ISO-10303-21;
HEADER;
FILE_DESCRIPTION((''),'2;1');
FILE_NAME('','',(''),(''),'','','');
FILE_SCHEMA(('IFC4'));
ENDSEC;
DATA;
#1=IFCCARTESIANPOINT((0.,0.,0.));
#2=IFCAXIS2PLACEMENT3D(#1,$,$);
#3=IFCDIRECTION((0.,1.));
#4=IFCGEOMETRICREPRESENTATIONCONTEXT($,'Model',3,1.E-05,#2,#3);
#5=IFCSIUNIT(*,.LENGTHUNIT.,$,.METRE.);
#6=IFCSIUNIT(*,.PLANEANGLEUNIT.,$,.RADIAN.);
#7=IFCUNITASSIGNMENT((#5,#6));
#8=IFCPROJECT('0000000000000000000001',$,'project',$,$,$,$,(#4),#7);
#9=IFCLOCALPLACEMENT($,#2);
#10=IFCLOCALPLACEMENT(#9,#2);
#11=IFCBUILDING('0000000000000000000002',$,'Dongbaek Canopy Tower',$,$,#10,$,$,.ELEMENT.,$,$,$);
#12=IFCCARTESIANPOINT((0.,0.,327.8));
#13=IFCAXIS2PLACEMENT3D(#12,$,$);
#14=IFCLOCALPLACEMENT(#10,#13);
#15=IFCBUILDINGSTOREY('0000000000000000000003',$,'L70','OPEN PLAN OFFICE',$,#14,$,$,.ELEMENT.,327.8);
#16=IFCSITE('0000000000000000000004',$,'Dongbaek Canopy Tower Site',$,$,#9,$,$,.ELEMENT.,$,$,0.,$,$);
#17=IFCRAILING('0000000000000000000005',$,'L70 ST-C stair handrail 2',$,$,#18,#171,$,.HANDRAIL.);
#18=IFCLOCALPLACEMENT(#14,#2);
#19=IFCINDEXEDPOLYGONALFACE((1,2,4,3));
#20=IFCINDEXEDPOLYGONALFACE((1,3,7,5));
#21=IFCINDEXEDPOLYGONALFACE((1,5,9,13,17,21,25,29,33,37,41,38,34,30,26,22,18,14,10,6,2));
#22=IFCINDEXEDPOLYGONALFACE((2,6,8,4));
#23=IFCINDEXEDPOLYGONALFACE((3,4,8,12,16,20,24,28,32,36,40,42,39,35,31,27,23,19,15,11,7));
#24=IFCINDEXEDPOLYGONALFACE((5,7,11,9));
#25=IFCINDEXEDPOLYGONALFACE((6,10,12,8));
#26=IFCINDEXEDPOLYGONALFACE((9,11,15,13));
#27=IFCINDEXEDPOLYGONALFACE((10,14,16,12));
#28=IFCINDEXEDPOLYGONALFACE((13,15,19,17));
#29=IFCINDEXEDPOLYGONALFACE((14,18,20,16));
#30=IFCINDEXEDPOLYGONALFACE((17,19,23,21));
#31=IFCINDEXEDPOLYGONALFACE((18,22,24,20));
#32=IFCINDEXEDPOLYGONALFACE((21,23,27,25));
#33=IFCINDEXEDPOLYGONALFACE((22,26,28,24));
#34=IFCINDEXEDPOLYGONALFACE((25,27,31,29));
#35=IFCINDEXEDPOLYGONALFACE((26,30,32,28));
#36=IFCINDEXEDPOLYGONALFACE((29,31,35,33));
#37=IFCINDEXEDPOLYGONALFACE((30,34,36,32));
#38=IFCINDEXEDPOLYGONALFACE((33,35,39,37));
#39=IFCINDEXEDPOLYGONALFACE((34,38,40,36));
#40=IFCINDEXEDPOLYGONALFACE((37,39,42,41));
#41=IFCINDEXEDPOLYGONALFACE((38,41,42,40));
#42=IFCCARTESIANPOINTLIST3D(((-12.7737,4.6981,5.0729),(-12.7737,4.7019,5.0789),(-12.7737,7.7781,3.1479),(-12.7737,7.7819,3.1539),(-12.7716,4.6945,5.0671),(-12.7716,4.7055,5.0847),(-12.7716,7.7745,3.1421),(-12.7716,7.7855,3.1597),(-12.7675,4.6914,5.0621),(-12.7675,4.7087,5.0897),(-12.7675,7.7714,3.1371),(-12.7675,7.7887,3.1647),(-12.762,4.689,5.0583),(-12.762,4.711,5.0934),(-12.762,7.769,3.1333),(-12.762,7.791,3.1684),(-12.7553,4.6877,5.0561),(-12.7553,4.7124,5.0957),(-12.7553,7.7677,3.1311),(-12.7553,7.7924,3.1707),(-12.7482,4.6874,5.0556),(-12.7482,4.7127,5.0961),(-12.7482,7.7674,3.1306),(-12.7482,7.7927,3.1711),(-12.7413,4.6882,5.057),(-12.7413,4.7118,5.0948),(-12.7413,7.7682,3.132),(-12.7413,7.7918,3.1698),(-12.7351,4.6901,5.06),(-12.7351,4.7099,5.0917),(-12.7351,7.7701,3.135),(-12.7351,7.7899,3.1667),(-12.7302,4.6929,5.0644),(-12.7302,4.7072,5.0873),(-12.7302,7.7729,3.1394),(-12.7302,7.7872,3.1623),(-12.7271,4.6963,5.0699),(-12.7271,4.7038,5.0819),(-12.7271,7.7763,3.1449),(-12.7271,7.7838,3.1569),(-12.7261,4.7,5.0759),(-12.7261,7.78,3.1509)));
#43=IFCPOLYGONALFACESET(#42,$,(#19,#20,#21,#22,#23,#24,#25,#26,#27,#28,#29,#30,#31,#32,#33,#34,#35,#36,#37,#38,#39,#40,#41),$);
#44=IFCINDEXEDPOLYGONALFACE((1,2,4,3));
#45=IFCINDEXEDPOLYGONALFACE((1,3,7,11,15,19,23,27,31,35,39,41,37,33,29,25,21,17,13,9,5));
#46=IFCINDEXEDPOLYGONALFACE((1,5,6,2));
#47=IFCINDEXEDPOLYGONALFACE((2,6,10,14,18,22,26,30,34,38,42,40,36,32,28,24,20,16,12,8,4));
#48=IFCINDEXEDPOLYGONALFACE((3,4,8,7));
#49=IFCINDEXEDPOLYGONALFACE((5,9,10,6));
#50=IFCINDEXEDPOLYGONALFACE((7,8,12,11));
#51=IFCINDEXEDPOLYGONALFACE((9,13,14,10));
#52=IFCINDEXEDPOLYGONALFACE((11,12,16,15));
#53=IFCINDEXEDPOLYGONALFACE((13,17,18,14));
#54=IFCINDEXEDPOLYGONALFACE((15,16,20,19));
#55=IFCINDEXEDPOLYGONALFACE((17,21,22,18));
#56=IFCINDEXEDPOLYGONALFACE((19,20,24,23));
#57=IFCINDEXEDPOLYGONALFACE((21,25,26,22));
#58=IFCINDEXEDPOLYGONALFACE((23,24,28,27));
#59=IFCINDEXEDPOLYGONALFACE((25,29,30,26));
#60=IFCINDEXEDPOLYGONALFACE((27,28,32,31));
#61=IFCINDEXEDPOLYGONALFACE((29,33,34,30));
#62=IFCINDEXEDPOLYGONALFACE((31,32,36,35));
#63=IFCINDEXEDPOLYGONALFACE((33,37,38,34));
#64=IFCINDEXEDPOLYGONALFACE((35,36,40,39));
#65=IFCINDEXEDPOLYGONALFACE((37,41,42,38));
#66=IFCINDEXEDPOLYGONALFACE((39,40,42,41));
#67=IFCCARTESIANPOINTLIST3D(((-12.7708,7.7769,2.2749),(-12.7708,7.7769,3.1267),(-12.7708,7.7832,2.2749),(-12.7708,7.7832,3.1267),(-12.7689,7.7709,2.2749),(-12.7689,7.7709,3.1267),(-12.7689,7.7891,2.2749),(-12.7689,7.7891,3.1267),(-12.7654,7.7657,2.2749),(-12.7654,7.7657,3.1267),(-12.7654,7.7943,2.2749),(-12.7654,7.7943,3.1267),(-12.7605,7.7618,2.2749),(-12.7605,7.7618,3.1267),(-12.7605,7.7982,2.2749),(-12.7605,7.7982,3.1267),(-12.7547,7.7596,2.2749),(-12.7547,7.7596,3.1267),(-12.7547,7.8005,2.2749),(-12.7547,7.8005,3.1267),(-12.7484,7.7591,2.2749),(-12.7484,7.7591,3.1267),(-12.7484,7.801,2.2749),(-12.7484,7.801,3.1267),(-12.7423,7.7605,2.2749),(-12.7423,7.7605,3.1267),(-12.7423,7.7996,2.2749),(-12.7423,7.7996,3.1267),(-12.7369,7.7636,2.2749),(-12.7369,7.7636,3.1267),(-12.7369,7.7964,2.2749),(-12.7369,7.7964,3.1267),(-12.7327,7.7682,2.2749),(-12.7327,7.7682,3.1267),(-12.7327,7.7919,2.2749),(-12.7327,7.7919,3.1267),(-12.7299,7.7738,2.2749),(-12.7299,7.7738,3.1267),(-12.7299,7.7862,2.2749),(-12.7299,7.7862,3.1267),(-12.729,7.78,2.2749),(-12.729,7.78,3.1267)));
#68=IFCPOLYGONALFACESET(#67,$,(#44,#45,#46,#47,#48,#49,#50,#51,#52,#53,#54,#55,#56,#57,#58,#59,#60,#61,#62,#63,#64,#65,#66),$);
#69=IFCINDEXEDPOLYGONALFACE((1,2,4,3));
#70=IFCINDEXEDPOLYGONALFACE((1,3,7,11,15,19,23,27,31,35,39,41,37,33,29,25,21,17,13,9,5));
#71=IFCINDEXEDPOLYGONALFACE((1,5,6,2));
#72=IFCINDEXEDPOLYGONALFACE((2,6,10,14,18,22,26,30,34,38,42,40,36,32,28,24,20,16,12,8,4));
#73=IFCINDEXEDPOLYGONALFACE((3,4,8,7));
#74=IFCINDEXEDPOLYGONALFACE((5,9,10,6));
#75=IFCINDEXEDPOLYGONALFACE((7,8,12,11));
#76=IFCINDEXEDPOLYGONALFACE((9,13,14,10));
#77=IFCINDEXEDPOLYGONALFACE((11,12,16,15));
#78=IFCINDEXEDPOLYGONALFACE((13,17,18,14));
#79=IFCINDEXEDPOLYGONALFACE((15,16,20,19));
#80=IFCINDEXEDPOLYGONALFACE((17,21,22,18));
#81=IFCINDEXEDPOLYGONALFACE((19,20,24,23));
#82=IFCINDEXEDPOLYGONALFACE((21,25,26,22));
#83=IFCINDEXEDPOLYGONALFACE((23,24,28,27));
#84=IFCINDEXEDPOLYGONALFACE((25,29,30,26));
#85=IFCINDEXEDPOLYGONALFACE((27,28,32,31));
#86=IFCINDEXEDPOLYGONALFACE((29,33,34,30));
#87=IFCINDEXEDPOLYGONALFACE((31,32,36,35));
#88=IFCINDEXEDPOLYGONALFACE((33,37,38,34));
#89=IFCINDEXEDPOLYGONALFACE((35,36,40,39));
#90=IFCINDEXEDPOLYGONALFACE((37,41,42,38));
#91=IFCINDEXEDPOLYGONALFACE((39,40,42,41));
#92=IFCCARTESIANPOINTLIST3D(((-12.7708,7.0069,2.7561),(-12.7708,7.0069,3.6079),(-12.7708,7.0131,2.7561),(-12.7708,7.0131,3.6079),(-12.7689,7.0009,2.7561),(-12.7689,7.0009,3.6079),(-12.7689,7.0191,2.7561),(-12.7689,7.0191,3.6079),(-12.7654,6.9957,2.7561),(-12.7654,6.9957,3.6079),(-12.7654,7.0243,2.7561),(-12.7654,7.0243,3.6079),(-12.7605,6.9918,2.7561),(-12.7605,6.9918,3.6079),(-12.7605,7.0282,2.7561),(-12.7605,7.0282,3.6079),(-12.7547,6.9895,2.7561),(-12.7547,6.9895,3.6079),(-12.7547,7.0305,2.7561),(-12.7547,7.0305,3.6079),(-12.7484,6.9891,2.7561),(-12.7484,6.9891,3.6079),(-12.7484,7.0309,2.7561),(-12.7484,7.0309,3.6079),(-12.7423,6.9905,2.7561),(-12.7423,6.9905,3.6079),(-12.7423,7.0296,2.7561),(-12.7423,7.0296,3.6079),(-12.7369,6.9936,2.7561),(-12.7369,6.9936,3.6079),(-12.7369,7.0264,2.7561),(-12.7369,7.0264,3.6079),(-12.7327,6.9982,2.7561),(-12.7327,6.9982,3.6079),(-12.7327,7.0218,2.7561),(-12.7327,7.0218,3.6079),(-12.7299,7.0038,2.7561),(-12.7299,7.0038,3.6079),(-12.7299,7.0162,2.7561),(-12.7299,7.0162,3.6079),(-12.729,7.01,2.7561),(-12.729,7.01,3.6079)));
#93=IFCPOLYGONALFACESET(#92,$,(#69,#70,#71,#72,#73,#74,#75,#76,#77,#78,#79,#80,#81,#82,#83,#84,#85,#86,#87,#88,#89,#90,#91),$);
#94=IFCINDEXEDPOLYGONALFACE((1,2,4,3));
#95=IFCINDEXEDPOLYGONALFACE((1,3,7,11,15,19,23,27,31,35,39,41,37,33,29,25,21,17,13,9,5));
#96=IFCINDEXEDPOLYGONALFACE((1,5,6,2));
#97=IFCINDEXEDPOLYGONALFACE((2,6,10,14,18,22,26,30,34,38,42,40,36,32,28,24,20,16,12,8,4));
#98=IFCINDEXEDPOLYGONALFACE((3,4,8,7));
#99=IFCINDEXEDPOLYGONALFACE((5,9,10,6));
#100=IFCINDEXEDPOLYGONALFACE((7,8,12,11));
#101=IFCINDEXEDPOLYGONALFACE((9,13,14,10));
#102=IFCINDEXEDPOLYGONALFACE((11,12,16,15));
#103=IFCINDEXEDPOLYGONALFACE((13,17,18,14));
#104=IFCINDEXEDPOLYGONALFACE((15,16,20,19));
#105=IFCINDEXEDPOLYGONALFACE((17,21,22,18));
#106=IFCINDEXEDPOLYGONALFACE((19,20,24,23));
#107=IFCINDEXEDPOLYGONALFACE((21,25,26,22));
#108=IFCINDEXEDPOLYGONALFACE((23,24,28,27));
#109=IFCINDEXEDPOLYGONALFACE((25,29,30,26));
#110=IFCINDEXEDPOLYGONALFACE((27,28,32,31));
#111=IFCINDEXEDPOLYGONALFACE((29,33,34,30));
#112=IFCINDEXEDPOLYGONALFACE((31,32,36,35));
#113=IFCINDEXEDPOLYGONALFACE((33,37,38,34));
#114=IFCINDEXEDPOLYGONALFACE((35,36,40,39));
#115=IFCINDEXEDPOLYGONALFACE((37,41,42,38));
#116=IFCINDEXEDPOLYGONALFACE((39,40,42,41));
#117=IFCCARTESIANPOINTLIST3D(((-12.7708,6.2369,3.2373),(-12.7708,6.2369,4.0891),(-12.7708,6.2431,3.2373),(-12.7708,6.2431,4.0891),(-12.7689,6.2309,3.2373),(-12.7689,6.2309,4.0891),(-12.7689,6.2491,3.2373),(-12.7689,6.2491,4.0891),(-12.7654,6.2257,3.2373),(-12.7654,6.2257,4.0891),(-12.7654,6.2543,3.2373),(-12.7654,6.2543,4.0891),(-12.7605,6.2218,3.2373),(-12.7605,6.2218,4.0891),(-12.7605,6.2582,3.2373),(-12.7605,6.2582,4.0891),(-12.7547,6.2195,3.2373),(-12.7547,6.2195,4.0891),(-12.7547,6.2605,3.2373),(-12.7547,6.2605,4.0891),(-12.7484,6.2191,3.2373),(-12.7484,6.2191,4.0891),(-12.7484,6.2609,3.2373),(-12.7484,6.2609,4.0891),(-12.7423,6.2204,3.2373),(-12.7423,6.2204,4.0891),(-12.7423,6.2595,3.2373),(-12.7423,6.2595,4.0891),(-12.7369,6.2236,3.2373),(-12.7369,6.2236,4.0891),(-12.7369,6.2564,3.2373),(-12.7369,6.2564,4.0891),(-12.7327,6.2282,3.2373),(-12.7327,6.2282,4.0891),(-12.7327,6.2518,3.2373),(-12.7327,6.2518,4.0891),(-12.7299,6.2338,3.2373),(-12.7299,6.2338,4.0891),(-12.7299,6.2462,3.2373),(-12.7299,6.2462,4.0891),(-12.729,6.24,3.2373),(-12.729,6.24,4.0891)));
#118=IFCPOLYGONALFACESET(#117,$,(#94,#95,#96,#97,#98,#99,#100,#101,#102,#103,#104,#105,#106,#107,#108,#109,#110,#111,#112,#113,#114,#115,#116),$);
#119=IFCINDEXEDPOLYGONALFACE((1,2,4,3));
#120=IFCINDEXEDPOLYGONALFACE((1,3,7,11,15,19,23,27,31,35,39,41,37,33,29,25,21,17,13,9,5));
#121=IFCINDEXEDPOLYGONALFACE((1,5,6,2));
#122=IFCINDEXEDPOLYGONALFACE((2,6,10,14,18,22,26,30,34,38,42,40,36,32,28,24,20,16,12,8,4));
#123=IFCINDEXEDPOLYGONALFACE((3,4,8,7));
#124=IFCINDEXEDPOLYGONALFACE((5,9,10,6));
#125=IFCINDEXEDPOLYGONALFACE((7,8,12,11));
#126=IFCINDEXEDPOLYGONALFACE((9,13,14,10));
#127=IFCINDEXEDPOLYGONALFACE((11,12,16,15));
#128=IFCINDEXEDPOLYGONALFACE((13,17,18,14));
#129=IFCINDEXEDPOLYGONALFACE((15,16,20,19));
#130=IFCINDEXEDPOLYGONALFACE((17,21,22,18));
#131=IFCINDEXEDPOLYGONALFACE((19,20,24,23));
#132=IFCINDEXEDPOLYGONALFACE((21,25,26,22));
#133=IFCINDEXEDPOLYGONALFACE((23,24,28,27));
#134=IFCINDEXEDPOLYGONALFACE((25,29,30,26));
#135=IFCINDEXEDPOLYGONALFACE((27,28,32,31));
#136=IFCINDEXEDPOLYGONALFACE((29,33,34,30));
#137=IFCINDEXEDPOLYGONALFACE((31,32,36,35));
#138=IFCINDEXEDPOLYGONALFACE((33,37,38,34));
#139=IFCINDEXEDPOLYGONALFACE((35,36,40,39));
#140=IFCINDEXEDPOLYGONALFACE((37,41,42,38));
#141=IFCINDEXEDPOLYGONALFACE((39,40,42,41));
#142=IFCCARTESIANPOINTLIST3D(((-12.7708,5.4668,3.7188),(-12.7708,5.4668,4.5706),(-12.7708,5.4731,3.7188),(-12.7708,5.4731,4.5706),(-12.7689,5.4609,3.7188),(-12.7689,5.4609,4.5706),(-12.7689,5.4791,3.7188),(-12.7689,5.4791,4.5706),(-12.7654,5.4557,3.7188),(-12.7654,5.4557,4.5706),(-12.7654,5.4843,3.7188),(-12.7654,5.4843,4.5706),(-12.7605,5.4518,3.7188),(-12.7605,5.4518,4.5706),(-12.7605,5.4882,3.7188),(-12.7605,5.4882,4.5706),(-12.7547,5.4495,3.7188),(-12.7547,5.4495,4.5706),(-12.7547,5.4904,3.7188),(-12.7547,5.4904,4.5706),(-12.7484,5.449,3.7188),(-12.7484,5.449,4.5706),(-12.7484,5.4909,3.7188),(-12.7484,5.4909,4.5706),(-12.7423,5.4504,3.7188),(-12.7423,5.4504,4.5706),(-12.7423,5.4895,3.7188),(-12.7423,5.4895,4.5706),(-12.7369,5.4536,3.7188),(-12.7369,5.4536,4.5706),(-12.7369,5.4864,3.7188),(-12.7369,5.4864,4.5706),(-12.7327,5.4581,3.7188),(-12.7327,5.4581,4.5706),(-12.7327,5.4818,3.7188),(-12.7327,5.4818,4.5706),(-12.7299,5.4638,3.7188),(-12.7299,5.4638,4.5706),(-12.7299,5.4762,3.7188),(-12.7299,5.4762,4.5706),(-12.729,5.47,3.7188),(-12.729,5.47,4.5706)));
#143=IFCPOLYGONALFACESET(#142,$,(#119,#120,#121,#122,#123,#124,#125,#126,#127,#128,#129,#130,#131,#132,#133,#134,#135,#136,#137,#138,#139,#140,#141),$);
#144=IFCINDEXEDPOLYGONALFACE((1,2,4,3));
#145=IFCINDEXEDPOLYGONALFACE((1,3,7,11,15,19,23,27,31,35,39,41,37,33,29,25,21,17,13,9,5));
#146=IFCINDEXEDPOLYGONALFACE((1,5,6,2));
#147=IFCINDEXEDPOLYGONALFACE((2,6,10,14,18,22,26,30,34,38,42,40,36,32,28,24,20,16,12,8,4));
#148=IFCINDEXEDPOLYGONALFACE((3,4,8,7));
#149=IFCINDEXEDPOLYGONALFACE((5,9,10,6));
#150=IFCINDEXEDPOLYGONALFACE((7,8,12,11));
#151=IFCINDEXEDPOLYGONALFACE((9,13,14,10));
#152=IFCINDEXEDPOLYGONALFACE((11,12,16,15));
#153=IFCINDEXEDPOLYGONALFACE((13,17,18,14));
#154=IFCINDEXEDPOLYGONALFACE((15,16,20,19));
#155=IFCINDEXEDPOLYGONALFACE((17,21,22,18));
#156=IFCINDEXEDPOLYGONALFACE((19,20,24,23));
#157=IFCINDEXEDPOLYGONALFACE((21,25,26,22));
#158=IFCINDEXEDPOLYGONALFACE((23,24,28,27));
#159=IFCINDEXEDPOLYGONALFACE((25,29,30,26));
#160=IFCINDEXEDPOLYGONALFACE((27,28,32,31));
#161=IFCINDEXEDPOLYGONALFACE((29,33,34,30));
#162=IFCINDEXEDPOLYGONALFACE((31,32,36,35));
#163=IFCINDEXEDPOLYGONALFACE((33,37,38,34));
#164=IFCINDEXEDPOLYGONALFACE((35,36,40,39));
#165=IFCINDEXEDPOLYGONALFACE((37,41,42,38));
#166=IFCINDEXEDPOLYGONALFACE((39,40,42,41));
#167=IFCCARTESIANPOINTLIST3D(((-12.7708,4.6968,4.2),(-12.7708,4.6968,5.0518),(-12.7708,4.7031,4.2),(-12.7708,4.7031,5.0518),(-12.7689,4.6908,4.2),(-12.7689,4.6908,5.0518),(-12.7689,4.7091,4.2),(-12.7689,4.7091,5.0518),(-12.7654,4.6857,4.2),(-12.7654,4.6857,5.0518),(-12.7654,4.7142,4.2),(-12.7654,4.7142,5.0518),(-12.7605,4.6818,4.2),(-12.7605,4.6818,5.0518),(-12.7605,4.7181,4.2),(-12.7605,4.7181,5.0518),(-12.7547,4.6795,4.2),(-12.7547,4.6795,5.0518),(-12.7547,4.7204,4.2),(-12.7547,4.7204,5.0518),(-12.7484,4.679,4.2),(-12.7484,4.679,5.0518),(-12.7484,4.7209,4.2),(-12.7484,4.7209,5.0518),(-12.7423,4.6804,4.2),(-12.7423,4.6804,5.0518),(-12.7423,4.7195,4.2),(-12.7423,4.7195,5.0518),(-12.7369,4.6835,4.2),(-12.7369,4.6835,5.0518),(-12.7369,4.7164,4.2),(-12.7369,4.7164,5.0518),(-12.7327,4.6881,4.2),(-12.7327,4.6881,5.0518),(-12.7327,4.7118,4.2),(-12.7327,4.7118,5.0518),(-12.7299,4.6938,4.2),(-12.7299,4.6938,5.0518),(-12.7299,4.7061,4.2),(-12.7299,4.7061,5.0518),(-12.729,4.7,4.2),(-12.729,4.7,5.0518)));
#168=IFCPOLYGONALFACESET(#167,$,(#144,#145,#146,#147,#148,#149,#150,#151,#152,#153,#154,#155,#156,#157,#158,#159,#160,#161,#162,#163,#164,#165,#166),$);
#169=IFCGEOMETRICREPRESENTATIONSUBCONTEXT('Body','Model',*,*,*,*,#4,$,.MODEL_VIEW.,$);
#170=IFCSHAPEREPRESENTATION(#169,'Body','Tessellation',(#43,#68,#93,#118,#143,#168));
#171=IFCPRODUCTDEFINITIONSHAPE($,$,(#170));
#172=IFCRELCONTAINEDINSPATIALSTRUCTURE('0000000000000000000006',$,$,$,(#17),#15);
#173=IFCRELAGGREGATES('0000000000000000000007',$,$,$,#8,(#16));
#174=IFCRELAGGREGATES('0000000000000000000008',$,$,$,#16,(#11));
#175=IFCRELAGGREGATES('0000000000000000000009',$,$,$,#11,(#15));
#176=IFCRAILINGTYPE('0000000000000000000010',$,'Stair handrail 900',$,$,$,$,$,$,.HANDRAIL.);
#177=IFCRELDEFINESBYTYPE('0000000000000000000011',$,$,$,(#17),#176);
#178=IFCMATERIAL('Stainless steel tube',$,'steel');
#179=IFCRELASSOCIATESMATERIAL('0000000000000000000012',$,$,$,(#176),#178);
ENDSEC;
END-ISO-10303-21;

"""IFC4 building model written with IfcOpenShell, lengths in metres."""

from ifc_helpers import new_model, si_unit, direction, frame, origin, origin_2d, place, context, subcontext, project, spatial, circle, extrude, material, type_object, element, save


model = new_model("IFC4")

# Units and contexts
model_context = context("Model", 3, precision=1e-05, world=origin(), true_north=direction((0.0, 1.0)))
body_context = subcontext(model_context, "Body", "Model", "MODEL_VIEW")
ifc_project = project(units=[si_unit("LENGTHUNIT", "METRE"), si_unit("PLANEANGLEUNIT", "RADIAN")], contexts=[model_context])

# Site, building, storey
site_placement = place(None, origin())
site = spatial("IfcSite", under=ifc_project, at=site_placement, Name="Dongbaek Canopy Tower Site", CompositionType="ELEMENT", RefElevation=0.0)
building_placement = place(site_placement, origin())
building = spatial("IfcBuilding", under=site, at=building_placement, Name="Dongbaek Canopy Tower", CompositionType="ELEMENT")
storey_placement = place(building_placement, frame((0.0, 0.0, 327.8)))
storey = spatial("IfcBuildingStorey", under=building, at=storey_placement, Name="L70", Description="OPEN PLAN OFFICE", CompositionType="ELEMENT", Elevation=327.8)

# Railing
ifc_material_1 = material(Name="Stainless steel tube", Category="steel")
railing_type_1 = type_object("IfcRailingType", Name="Stair handrail 900", PredefinedType="HANDRAIL", material=ifc_material_1)
railing_1_placement = place(storey_placement, frame((-12.75, 7.78, 2.2749)))
element("IfcRailing", 1, at=railing_1_placement, inside=storey, type_object=railing_type_1, Name="L70 ST-C stair handrail 2", PredefinedType="HANDRAIL", context=body_context, shape_type="SweptSolid", body=[
    extrude(circle(Radius=0.0239, at=origin_2d()), frame((0.0, 0.0, 0.876), z_axis=(0.0, -0.847998, 0.529999), x_axis=(1.0, 0.0, 0.0)), (0.0, 0.0, 1.0), 3.6321),
    extrude(circle(Radius=0.021, at=origin_2d()), origin(), (0.0, 0.0, 1.0), 0.8518),
    extrude(circle(Radius=0.021, at=origin_2d()), frame((0.0, -0.77, 0.4812)), (0.0, 0.0, 1.0), 0.8518),
    extrude(circle(Radius=0.021, at=origin_2d()), frame((0.0, -1.54, 0.9624)), (0.0, 0.0, 1.0), 0.8518),
    extrude(circle(Radius=0.021, at=origin_2d()), frame((0.0, -2.3101, 1.4438)), (0.0, 0.0, 1.0), 0.8518),
    extrude(circle(Radius=0.021, at=origin_2d()), frame((0.0, -3.0801, 1.925)), (0.0, 0.0, 1.0), 0.8518),
])

save(model, "model.ifc")
